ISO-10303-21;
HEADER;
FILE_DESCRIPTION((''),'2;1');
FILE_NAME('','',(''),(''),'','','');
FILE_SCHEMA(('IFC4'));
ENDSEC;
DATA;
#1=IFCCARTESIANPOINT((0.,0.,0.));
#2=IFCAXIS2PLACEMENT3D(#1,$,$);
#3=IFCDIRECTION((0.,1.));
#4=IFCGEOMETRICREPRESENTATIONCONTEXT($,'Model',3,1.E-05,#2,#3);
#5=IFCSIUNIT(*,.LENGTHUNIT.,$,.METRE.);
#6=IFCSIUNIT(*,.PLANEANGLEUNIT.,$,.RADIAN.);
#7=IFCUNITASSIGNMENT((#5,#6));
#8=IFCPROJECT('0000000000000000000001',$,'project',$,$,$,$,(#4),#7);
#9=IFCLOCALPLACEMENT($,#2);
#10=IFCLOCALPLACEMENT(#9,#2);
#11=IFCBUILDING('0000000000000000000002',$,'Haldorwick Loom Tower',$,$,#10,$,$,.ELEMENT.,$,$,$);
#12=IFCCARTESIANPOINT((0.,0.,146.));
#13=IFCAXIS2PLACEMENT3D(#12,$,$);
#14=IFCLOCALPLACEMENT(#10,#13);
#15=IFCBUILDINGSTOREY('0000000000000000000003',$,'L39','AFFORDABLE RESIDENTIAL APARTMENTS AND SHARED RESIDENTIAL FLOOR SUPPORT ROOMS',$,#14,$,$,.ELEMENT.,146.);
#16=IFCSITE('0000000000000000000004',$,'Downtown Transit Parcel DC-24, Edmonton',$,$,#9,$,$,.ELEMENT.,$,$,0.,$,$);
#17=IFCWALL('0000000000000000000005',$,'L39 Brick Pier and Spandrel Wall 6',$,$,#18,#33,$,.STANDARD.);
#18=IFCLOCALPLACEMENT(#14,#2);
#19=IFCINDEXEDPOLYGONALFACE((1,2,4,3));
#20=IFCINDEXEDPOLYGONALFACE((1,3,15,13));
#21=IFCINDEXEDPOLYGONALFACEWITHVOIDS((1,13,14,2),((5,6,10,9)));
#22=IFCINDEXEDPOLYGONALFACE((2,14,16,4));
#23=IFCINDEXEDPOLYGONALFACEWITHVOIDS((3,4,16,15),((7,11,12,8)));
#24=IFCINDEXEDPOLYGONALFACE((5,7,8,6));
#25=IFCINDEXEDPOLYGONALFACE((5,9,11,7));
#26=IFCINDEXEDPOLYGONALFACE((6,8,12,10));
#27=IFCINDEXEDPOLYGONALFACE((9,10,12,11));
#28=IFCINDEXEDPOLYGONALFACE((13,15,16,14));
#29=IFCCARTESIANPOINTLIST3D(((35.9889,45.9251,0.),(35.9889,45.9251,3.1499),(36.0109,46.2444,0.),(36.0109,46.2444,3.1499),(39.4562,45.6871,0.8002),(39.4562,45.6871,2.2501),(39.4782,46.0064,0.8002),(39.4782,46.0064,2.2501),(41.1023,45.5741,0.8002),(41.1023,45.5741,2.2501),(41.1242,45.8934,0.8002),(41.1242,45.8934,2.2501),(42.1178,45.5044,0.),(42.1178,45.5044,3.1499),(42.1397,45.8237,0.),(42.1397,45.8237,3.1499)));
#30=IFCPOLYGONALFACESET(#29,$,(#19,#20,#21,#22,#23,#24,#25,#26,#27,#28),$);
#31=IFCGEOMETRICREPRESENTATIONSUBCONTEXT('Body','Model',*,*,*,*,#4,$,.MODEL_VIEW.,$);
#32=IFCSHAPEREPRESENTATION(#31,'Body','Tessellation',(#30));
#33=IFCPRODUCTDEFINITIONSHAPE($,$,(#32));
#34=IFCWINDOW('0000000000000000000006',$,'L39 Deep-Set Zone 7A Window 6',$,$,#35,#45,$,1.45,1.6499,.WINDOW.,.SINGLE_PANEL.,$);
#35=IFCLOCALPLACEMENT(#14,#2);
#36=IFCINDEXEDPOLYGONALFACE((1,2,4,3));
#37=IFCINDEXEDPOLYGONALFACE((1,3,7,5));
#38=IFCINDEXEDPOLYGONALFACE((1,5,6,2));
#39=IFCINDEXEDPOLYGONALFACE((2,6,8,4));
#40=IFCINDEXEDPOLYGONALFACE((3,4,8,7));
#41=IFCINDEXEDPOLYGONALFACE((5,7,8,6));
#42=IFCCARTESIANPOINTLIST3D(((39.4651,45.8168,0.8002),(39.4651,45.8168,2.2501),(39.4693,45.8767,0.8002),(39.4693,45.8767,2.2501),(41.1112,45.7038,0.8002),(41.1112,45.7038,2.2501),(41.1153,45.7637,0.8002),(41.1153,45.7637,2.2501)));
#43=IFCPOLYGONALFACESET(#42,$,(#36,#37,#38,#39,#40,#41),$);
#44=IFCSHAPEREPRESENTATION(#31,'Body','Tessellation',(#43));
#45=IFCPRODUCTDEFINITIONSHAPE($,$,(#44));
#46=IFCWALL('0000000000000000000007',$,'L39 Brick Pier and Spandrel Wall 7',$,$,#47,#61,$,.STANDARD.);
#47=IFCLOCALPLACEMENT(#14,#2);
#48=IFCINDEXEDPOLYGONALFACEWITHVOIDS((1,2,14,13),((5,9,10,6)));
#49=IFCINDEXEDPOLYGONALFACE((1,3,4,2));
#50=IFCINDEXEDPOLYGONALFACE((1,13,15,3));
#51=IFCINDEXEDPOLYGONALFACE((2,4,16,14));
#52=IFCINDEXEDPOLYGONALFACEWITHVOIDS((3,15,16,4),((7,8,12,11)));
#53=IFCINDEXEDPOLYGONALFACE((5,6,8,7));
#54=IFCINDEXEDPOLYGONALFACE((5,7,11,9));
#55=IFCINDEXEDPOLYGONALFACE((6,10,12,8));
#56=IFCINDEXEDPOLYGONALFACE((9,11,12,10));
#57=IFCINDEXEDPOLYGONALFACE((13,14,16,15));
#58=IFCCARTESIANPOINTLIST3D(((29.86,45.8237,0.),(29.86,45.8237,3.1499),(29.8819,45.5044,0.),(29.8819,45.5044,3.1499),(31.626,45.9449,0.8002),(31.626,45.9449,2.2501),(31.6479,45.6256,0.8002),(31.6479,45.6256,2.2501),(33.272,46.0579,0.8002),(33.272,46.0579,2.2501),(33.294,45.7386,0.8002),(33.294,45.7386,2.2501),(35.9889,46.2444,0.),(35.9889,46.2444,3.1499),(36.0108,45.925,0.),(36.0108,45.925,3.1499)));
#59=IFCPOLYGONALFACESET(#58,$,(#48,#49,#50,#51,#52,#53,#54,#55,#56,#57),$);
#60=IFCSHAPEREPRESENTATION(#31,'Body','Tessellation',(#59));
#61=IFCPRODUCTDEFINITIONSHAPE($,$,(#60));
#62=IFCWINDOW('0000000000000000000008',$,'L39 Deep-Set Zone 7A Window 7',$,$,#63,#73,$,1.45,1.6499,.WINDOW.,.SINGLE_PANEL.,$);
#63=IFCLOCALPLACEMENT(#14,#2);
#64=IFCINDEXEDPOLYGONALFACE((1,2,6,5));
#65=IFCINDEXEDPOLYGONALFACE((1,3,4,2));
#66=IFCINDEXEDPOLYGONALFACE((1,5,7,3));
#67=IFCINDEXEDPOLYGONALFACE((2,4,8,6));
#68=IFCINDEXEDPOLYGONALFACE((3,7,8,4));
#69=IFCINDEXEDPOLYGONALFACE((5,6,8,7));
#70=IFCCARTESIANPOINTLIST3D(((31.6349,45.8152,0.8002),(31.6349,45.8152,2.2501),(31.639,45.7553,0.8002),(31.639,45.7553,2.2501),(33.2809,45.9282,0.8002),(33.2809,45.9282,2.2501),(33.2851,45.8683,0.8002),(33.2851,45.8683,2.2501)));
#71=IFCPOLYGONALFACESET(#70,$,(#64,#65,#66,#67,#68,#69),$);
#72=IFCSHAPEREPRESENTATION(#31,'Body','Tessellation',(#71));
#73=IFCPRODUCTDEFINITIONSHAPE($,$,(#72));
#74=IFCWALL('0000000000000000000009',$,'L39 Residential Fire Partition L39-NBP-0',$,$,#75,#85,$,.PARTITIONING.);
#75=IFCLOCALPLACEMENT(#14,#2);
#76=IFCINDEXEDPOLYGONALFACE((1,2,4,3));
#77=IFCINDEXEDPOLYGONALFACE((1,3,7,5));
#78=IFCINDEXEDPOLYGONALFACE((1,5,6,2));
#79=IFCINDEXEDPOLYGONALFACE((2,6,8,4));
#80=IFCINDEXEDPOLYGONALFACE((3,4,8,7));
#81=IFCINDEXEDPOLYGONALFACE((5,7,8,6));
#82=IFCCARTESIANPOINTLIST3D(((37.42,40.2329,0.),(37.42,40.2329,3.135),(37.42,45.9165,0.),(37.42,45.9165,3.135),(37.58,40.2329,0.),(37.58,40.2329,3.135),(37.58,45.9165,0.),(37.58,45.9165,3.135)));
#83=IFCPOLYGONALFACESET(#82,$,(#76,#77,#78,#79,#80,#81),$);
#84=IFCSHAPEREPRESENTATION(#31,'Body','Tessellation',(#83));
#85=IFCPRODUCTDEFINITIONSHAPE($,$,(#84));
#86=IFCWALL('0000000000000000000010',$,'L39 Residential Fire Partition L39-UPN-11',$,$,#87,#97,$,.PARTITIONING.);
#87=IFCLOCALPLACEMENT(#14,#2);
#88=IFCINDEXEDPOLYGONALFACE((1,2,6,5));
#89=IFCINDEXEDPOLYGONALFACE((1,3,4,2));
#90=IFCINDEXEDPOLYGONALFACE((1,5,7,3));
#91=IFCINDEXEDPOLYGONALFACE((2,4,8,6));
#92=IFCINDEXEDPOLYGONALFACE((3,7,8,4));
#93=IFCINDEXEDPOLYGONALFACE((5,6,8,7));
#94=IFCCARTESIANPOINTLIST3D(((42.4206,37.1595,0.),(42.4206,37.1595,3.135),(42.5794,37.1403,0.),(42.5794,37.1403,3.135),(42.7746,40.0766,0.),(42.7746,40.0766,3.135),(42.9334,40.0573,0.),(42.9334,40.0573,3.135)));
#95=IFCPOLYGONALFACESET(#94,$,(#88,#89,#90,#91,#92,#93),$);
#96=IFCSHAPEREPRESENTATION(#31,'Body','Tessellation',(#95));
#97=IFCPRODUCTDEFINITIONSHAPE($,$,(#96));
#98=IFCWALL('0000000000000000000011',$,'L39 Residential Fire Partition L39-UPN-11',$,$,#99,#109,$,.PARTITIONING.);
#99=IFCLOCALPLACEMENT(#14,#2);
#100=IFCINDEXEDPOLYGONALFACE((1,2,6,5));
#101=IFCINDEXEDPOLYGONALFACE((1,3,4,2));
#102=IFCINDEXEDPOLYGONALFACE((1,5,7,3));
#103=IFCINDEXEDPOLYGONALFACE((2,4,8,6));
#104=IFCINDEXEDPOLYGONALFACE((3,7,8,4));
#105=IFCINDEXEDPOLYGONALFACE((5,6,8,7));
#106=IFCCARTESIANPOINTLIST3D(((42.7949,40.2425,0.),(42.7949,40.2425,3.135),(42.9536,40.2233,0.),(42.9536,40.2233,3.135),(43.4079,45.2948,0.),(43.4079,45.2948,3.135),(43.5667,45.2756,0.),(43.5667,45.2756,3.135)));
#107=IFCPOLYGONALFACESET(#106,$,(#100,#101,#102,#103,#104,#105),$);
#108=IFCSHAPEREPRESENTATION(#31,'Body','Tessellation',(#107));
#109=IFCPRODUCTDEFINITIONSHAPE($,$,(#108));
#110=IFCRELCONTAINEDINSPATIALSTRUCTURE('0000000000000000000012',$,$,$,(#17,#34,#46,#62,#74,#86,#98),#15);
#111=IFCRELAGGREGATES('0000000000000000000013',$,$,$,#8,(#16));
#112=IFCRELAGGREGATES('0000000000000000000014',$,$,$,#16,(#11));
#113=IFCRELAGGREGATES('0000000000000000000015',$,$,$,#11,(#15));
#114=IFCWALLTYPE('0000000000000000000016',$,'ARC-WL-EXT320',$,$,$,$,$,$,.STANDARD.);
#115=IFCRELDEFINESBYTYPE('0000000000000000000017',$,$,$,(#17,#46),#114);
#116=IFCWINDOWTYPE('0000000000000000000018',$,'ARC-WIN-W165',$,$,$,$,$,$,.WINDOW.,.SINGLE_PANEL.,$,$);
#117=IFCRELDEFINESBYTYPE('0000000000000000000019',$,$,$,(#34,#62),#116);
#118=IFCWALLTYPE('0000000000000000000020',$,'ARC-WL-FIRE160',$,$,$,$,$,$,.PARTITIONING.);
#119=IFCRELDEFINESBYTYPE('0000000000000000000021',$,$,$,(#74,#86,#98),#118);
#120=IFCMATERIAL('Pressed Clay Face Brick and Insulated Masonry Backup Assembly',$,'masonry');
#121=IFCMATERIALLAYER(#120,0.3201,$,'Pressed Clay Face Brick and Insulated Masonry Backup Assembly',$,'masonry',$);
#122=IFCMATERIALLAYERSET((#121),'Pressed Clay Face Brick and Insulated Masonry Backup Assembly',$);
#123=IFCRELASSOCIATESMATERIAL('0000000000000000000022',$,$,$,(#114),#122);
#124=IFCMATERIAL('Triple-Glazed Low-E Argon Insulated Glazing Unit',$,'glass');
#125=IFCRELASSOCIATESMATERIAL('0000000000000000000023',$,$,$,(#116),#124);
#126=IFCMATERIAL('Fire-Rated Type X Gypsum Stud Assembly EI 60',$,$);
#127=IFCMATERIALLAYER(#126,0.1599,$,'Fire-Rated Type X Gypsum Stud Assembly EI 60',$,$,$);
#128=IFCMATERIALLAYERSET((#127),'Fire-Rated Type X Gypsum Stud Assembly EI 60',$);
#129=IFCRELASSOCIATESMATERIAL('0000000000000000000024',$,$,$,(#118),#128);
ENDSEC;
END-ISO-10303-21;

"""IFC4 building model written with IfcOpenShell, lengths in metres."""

from ifc_helpers import new_model, si_unit, direction, frame, frame_2d, origin, place, context, subcontext, project, spatial, rectangle, extrude, material, layer, layer_set, type_object, element, fill, save


model = new_model("IFC4")

# Units and contexts
model_context = context("Model", 3, precision=1e-05, world=origin(), true_north=direction((0.0, 1.0)))
body_context = subcontext(model_context, "Body", "Model", "MODEL_VIEW")
ifc_project = project(units=[si_unit("LENGTHUNIT", "METRE"), si_unit("PLANEANGLEUNIT", "RADIAN")], contexts=[model_context])

# Site, building, storey
site_placement = place(None, origin())
site = spatial("IfcSite", under=ifc_project, at=site_placement, Name="Downtown Transit Parcel DC-24, Edmonton", CompositionType="ELEMENT", RefElevation=0.0)
building_placement = place(site_placement, origin())
building = spatial("IfcBuilding", under=site, at=building_placement, Name="Haldorwick Loom Tower", CompositionType="ELEMENT")
storey_placement = place(building_placement, frame((0.0, 0.0, 146.0)))
storey = spatial("IfcBuildingStorey", under=building, at=storey_placement, Name="L39", Description="AFFORDABLE RESIDENTIAL APARTMENTS AND SHARED RESIDENTIAL FLOOR SUPPORT ROOMS", CompositionType="ELEMENT", Elevation=146.0)

# Walls, openings, windows
ifc_material_1 = material(Name="Pressed Clay Face Brick and Insulated Masonry Backup Assembly", Category="masonry")
ifc_layer_1 = layer(ifc_material_1, 0.3201, Name="Pressed Clay Face Brick and Insulated Masonry Backup Assembly", Category="masonry")
ifc_layer_set_1 = layer_set([ifc_layer_1], Name="Pressed Clay Face Brick and Insulated Masonry Backup Assembly")
wall_type_1 = type_object("IfcWallType", Name="ARC-WL-EXT320", PredefinedType="STANDARD", material=ifc_layer_set_1)
wall_1_placement = place(storey_placement, frame((42.1289, 45.6641, 0.0), z_axis=(0.0, 0.0, 1.0), x_axis=(-0.997653, 0.068473, 0.0)))
wall_1 = element("IfcWall", 1, at=wall_1_placement, inside=storey, type_object=wall_type_1, Name="L39 Brick Pier and Spandrel Wall 6", PredefinedType="STANDARD", context=body_context, shape_type="SweptSolid", body=[
    extrude(rectangle(XDim=6.1433, YDim=0.3201, at=frame_2d((3.0718, 0.0))), origin(), (0.0, 0.0, 1.0), 3.1499),
])
opening_1_placement = place(wall_1_placement, frame((1.0181, 0.0, 0.8)))
opening_1 = element("IfcOpeningElement", 2, at=opening_1_placement, cuts=wall_1, PredefinedType="OPENING", context=body_context, shape_type="SweptSolid", body=[
    extrude(rectangle(XDim=1.6499, YDim=1.45, at=frame_2d((0.825, 0.7251))), frame((0.0, 0.1699, 0.0), z_axis=(0.0, -1.0, 0.0), x_axis=(1.0, 0.0, 0.0)), (0.0, 0.0, 1.0), 0.3401),
])
ifc_material_2 = material(Name="Triple-Glazed Low-E Argon Insulated Glazing Unit", Category="glass")
window_type = type_object("IfcWindowType", Name="ARC-WIN-W165", PartitioningType="SINGLE_PANEL", PredefinedType="WINDOW", material=ifc_material_2)
window_1_placement = place(opening_1_placement, origin())
window_1 = element("IfcWindow", 3, at=window_1_placement, inside=storey, type_object=window_type, Name="L39 Deep-Set Zone 7A Window 6", OverallHeight=1.45, OverallWidth=1.6499, PartitioningType="SINGLE_PANEL", PredefinedType="WINDOW", context=body_context, shape_type="SweptSolid", body=[
    extrude(rectangle(XDim=1.6499, YDim=1.45, at=frame_2d((0.825, 0.7251))), frame((0.0, 0.03, 0.0), z_axis=(0.0, -1.0, 0.0), x_axis=(1.0, 0.0, 0.0)), (0.0, 0.0, 1.0), 0.0601),
])
fill(opening_1, window_1)
wall_2_placement = place(storey_placement, frame((36.0, 46.0847, 0.0), z_axis=(0.0, 0.0, 1.0), x_axis=(-0.997653, -0.068473, 0.0)))
wall_2 = element("IfcWall", 4, at=wall_2_placement, inside=storey, type_object=wall_type_1, Name="L39 Brick Pier and Spandrel Wall 7", PredefinedType="STANDARD", context=body_context, shape_type="SweptSolid", body=[
    extrude(rectangle(XDim=6.1433, YDim=0.3201, at=frame_2d((3.0718, 0.0))), origin(), (0.0, 0.0, 1.0), 3.1499),
])
opening_2_placement = place(wall_2_placement, frame((2.7234, 0.0, 0.8)))
opening_2 = element("IfcOpeningElement", 5, at=opening_2_placement, cuts=wall_2, PredefinedType="OPENING", context=body_context, shape_type="SweptSolid", body=[
    extrude(rectangle(XDim=1.6499, YDim=1.45, at=frame_2d((0.825, 0.7251))), frame((0.0, 0.1699, 0.0), z_axis=(0.0, -1.0, 0.0), x_axis=(1.0, 0.0, 0.0)), (0.0, 0.0, 1.0), 0.3401),
])
window_2_placement = place(opening_2_placement, origin())
window_2 = element("IfcWindow", 6, at=window_2_placement, inside=storey, type_object=window_type, Name="L39 Deep-Set Zone 7A Window 7", OverallHeight=1.45, OverallWidth=1.6499, PartitioningType="SINGLE_PANEL", PredefinedType="WINDOW", context=body_context, shape_type="SweptSolid", body=[
    extrude(rectangle(XDim=1.6499, YDim=1.45, at=frame_2d((0.825, 0.7251))), frame((0.0, 0.03, 0.0), z_axis=(0.0, -1.0, 0.0), x_axis=(1.0, 0.0, 0.0)), (0.0, 0.0, 1.0), 0.0601),
])
fill(opening_2, window_2)

# Walls
ifc_material_3 = material(Name="Fire-Rated Type X Gypsum Stud Assembly EI 60")
ifc_layer_2 = layer(ifc_material_3, 0.1599, Name="Fire-Rated Type X Gypsum Stud Assembly EI 60")
ifc_layer_set_2 = layer_set([ifc_layer_2], Name="Fire-Rated Type X Gypsum Stud Assembly EI 60")
wall_type_2 = type_object("IfcWallType", Name="ARC-WL-FIRE160", PredefinedType="PARTITIONING", material=ifc_layer_set_2)
wall_3_placement = place(storey_placement, frame((37.5, 40.2329, 0.0), z_axis=(0.0, 0.0, 1.0), x_axis=(0.0, 1.0, 0.0)))
element("IfcWall", 7, at=wall_3_placement, inside=storey, type_object=wall_type_2, Name="L39 Residential Fire Partition L39-NBP-0", PredefinedType="PARTITIONING", context=body_context, shape_type="SweptSolid", body=[
    extrude(rectangle(XDim=5.6836, YDim=0.1599, at=frame_2d((2.8418, 0.0))), origin(), (0.0, 0.0, 1.0), 3.135),
])
wall_4_placement = place(storey_placement, frame((42.5, 37.1499, 0.0), z_axis=(0.0, 0.0, 1.0), x_axis=(0.120475, 0.992716, 0.0)))
element("IfcWall", 8, at=wall_4_placement, inside=storey, type_object=wall_type_2, Name="L39 Residential Fire Partition L39-UPN-11", PredefinedType="PARTITIONING", context=body_context, shape_type="SweptSolid", body=[
    extrude(rectangle(XDim=2.9385, YDim=0.1599, at=frame_2d((1.4692, 0.0))), origin(), (0.0, 0.0, 1.0), 3.135),
])
wall_5_placement = place(storey_placement, frame((42.8743, 40.2329, 0.0), z_axis=(0.0, 0.0, 1.0), x_axis=(0.120456, 0.992719, 0.0)))
element("IfcWall", 9, at=wall_5_placement, inside=storey, type_object=wall_type_2, Name="L39 Residential Fire Partition L39-UPN-11", PredefinedType="PARTITIONING", context=body_context, shape_type="SweptSolid", body=[
    extrude(rectangle(XDim=5.0894, YDim=0.1599, at=frame_2d((2.5447, 0.0))), origin(), (0.0, 0.0, 1.0), 3.135),
])

save(model, "model.ifc")
